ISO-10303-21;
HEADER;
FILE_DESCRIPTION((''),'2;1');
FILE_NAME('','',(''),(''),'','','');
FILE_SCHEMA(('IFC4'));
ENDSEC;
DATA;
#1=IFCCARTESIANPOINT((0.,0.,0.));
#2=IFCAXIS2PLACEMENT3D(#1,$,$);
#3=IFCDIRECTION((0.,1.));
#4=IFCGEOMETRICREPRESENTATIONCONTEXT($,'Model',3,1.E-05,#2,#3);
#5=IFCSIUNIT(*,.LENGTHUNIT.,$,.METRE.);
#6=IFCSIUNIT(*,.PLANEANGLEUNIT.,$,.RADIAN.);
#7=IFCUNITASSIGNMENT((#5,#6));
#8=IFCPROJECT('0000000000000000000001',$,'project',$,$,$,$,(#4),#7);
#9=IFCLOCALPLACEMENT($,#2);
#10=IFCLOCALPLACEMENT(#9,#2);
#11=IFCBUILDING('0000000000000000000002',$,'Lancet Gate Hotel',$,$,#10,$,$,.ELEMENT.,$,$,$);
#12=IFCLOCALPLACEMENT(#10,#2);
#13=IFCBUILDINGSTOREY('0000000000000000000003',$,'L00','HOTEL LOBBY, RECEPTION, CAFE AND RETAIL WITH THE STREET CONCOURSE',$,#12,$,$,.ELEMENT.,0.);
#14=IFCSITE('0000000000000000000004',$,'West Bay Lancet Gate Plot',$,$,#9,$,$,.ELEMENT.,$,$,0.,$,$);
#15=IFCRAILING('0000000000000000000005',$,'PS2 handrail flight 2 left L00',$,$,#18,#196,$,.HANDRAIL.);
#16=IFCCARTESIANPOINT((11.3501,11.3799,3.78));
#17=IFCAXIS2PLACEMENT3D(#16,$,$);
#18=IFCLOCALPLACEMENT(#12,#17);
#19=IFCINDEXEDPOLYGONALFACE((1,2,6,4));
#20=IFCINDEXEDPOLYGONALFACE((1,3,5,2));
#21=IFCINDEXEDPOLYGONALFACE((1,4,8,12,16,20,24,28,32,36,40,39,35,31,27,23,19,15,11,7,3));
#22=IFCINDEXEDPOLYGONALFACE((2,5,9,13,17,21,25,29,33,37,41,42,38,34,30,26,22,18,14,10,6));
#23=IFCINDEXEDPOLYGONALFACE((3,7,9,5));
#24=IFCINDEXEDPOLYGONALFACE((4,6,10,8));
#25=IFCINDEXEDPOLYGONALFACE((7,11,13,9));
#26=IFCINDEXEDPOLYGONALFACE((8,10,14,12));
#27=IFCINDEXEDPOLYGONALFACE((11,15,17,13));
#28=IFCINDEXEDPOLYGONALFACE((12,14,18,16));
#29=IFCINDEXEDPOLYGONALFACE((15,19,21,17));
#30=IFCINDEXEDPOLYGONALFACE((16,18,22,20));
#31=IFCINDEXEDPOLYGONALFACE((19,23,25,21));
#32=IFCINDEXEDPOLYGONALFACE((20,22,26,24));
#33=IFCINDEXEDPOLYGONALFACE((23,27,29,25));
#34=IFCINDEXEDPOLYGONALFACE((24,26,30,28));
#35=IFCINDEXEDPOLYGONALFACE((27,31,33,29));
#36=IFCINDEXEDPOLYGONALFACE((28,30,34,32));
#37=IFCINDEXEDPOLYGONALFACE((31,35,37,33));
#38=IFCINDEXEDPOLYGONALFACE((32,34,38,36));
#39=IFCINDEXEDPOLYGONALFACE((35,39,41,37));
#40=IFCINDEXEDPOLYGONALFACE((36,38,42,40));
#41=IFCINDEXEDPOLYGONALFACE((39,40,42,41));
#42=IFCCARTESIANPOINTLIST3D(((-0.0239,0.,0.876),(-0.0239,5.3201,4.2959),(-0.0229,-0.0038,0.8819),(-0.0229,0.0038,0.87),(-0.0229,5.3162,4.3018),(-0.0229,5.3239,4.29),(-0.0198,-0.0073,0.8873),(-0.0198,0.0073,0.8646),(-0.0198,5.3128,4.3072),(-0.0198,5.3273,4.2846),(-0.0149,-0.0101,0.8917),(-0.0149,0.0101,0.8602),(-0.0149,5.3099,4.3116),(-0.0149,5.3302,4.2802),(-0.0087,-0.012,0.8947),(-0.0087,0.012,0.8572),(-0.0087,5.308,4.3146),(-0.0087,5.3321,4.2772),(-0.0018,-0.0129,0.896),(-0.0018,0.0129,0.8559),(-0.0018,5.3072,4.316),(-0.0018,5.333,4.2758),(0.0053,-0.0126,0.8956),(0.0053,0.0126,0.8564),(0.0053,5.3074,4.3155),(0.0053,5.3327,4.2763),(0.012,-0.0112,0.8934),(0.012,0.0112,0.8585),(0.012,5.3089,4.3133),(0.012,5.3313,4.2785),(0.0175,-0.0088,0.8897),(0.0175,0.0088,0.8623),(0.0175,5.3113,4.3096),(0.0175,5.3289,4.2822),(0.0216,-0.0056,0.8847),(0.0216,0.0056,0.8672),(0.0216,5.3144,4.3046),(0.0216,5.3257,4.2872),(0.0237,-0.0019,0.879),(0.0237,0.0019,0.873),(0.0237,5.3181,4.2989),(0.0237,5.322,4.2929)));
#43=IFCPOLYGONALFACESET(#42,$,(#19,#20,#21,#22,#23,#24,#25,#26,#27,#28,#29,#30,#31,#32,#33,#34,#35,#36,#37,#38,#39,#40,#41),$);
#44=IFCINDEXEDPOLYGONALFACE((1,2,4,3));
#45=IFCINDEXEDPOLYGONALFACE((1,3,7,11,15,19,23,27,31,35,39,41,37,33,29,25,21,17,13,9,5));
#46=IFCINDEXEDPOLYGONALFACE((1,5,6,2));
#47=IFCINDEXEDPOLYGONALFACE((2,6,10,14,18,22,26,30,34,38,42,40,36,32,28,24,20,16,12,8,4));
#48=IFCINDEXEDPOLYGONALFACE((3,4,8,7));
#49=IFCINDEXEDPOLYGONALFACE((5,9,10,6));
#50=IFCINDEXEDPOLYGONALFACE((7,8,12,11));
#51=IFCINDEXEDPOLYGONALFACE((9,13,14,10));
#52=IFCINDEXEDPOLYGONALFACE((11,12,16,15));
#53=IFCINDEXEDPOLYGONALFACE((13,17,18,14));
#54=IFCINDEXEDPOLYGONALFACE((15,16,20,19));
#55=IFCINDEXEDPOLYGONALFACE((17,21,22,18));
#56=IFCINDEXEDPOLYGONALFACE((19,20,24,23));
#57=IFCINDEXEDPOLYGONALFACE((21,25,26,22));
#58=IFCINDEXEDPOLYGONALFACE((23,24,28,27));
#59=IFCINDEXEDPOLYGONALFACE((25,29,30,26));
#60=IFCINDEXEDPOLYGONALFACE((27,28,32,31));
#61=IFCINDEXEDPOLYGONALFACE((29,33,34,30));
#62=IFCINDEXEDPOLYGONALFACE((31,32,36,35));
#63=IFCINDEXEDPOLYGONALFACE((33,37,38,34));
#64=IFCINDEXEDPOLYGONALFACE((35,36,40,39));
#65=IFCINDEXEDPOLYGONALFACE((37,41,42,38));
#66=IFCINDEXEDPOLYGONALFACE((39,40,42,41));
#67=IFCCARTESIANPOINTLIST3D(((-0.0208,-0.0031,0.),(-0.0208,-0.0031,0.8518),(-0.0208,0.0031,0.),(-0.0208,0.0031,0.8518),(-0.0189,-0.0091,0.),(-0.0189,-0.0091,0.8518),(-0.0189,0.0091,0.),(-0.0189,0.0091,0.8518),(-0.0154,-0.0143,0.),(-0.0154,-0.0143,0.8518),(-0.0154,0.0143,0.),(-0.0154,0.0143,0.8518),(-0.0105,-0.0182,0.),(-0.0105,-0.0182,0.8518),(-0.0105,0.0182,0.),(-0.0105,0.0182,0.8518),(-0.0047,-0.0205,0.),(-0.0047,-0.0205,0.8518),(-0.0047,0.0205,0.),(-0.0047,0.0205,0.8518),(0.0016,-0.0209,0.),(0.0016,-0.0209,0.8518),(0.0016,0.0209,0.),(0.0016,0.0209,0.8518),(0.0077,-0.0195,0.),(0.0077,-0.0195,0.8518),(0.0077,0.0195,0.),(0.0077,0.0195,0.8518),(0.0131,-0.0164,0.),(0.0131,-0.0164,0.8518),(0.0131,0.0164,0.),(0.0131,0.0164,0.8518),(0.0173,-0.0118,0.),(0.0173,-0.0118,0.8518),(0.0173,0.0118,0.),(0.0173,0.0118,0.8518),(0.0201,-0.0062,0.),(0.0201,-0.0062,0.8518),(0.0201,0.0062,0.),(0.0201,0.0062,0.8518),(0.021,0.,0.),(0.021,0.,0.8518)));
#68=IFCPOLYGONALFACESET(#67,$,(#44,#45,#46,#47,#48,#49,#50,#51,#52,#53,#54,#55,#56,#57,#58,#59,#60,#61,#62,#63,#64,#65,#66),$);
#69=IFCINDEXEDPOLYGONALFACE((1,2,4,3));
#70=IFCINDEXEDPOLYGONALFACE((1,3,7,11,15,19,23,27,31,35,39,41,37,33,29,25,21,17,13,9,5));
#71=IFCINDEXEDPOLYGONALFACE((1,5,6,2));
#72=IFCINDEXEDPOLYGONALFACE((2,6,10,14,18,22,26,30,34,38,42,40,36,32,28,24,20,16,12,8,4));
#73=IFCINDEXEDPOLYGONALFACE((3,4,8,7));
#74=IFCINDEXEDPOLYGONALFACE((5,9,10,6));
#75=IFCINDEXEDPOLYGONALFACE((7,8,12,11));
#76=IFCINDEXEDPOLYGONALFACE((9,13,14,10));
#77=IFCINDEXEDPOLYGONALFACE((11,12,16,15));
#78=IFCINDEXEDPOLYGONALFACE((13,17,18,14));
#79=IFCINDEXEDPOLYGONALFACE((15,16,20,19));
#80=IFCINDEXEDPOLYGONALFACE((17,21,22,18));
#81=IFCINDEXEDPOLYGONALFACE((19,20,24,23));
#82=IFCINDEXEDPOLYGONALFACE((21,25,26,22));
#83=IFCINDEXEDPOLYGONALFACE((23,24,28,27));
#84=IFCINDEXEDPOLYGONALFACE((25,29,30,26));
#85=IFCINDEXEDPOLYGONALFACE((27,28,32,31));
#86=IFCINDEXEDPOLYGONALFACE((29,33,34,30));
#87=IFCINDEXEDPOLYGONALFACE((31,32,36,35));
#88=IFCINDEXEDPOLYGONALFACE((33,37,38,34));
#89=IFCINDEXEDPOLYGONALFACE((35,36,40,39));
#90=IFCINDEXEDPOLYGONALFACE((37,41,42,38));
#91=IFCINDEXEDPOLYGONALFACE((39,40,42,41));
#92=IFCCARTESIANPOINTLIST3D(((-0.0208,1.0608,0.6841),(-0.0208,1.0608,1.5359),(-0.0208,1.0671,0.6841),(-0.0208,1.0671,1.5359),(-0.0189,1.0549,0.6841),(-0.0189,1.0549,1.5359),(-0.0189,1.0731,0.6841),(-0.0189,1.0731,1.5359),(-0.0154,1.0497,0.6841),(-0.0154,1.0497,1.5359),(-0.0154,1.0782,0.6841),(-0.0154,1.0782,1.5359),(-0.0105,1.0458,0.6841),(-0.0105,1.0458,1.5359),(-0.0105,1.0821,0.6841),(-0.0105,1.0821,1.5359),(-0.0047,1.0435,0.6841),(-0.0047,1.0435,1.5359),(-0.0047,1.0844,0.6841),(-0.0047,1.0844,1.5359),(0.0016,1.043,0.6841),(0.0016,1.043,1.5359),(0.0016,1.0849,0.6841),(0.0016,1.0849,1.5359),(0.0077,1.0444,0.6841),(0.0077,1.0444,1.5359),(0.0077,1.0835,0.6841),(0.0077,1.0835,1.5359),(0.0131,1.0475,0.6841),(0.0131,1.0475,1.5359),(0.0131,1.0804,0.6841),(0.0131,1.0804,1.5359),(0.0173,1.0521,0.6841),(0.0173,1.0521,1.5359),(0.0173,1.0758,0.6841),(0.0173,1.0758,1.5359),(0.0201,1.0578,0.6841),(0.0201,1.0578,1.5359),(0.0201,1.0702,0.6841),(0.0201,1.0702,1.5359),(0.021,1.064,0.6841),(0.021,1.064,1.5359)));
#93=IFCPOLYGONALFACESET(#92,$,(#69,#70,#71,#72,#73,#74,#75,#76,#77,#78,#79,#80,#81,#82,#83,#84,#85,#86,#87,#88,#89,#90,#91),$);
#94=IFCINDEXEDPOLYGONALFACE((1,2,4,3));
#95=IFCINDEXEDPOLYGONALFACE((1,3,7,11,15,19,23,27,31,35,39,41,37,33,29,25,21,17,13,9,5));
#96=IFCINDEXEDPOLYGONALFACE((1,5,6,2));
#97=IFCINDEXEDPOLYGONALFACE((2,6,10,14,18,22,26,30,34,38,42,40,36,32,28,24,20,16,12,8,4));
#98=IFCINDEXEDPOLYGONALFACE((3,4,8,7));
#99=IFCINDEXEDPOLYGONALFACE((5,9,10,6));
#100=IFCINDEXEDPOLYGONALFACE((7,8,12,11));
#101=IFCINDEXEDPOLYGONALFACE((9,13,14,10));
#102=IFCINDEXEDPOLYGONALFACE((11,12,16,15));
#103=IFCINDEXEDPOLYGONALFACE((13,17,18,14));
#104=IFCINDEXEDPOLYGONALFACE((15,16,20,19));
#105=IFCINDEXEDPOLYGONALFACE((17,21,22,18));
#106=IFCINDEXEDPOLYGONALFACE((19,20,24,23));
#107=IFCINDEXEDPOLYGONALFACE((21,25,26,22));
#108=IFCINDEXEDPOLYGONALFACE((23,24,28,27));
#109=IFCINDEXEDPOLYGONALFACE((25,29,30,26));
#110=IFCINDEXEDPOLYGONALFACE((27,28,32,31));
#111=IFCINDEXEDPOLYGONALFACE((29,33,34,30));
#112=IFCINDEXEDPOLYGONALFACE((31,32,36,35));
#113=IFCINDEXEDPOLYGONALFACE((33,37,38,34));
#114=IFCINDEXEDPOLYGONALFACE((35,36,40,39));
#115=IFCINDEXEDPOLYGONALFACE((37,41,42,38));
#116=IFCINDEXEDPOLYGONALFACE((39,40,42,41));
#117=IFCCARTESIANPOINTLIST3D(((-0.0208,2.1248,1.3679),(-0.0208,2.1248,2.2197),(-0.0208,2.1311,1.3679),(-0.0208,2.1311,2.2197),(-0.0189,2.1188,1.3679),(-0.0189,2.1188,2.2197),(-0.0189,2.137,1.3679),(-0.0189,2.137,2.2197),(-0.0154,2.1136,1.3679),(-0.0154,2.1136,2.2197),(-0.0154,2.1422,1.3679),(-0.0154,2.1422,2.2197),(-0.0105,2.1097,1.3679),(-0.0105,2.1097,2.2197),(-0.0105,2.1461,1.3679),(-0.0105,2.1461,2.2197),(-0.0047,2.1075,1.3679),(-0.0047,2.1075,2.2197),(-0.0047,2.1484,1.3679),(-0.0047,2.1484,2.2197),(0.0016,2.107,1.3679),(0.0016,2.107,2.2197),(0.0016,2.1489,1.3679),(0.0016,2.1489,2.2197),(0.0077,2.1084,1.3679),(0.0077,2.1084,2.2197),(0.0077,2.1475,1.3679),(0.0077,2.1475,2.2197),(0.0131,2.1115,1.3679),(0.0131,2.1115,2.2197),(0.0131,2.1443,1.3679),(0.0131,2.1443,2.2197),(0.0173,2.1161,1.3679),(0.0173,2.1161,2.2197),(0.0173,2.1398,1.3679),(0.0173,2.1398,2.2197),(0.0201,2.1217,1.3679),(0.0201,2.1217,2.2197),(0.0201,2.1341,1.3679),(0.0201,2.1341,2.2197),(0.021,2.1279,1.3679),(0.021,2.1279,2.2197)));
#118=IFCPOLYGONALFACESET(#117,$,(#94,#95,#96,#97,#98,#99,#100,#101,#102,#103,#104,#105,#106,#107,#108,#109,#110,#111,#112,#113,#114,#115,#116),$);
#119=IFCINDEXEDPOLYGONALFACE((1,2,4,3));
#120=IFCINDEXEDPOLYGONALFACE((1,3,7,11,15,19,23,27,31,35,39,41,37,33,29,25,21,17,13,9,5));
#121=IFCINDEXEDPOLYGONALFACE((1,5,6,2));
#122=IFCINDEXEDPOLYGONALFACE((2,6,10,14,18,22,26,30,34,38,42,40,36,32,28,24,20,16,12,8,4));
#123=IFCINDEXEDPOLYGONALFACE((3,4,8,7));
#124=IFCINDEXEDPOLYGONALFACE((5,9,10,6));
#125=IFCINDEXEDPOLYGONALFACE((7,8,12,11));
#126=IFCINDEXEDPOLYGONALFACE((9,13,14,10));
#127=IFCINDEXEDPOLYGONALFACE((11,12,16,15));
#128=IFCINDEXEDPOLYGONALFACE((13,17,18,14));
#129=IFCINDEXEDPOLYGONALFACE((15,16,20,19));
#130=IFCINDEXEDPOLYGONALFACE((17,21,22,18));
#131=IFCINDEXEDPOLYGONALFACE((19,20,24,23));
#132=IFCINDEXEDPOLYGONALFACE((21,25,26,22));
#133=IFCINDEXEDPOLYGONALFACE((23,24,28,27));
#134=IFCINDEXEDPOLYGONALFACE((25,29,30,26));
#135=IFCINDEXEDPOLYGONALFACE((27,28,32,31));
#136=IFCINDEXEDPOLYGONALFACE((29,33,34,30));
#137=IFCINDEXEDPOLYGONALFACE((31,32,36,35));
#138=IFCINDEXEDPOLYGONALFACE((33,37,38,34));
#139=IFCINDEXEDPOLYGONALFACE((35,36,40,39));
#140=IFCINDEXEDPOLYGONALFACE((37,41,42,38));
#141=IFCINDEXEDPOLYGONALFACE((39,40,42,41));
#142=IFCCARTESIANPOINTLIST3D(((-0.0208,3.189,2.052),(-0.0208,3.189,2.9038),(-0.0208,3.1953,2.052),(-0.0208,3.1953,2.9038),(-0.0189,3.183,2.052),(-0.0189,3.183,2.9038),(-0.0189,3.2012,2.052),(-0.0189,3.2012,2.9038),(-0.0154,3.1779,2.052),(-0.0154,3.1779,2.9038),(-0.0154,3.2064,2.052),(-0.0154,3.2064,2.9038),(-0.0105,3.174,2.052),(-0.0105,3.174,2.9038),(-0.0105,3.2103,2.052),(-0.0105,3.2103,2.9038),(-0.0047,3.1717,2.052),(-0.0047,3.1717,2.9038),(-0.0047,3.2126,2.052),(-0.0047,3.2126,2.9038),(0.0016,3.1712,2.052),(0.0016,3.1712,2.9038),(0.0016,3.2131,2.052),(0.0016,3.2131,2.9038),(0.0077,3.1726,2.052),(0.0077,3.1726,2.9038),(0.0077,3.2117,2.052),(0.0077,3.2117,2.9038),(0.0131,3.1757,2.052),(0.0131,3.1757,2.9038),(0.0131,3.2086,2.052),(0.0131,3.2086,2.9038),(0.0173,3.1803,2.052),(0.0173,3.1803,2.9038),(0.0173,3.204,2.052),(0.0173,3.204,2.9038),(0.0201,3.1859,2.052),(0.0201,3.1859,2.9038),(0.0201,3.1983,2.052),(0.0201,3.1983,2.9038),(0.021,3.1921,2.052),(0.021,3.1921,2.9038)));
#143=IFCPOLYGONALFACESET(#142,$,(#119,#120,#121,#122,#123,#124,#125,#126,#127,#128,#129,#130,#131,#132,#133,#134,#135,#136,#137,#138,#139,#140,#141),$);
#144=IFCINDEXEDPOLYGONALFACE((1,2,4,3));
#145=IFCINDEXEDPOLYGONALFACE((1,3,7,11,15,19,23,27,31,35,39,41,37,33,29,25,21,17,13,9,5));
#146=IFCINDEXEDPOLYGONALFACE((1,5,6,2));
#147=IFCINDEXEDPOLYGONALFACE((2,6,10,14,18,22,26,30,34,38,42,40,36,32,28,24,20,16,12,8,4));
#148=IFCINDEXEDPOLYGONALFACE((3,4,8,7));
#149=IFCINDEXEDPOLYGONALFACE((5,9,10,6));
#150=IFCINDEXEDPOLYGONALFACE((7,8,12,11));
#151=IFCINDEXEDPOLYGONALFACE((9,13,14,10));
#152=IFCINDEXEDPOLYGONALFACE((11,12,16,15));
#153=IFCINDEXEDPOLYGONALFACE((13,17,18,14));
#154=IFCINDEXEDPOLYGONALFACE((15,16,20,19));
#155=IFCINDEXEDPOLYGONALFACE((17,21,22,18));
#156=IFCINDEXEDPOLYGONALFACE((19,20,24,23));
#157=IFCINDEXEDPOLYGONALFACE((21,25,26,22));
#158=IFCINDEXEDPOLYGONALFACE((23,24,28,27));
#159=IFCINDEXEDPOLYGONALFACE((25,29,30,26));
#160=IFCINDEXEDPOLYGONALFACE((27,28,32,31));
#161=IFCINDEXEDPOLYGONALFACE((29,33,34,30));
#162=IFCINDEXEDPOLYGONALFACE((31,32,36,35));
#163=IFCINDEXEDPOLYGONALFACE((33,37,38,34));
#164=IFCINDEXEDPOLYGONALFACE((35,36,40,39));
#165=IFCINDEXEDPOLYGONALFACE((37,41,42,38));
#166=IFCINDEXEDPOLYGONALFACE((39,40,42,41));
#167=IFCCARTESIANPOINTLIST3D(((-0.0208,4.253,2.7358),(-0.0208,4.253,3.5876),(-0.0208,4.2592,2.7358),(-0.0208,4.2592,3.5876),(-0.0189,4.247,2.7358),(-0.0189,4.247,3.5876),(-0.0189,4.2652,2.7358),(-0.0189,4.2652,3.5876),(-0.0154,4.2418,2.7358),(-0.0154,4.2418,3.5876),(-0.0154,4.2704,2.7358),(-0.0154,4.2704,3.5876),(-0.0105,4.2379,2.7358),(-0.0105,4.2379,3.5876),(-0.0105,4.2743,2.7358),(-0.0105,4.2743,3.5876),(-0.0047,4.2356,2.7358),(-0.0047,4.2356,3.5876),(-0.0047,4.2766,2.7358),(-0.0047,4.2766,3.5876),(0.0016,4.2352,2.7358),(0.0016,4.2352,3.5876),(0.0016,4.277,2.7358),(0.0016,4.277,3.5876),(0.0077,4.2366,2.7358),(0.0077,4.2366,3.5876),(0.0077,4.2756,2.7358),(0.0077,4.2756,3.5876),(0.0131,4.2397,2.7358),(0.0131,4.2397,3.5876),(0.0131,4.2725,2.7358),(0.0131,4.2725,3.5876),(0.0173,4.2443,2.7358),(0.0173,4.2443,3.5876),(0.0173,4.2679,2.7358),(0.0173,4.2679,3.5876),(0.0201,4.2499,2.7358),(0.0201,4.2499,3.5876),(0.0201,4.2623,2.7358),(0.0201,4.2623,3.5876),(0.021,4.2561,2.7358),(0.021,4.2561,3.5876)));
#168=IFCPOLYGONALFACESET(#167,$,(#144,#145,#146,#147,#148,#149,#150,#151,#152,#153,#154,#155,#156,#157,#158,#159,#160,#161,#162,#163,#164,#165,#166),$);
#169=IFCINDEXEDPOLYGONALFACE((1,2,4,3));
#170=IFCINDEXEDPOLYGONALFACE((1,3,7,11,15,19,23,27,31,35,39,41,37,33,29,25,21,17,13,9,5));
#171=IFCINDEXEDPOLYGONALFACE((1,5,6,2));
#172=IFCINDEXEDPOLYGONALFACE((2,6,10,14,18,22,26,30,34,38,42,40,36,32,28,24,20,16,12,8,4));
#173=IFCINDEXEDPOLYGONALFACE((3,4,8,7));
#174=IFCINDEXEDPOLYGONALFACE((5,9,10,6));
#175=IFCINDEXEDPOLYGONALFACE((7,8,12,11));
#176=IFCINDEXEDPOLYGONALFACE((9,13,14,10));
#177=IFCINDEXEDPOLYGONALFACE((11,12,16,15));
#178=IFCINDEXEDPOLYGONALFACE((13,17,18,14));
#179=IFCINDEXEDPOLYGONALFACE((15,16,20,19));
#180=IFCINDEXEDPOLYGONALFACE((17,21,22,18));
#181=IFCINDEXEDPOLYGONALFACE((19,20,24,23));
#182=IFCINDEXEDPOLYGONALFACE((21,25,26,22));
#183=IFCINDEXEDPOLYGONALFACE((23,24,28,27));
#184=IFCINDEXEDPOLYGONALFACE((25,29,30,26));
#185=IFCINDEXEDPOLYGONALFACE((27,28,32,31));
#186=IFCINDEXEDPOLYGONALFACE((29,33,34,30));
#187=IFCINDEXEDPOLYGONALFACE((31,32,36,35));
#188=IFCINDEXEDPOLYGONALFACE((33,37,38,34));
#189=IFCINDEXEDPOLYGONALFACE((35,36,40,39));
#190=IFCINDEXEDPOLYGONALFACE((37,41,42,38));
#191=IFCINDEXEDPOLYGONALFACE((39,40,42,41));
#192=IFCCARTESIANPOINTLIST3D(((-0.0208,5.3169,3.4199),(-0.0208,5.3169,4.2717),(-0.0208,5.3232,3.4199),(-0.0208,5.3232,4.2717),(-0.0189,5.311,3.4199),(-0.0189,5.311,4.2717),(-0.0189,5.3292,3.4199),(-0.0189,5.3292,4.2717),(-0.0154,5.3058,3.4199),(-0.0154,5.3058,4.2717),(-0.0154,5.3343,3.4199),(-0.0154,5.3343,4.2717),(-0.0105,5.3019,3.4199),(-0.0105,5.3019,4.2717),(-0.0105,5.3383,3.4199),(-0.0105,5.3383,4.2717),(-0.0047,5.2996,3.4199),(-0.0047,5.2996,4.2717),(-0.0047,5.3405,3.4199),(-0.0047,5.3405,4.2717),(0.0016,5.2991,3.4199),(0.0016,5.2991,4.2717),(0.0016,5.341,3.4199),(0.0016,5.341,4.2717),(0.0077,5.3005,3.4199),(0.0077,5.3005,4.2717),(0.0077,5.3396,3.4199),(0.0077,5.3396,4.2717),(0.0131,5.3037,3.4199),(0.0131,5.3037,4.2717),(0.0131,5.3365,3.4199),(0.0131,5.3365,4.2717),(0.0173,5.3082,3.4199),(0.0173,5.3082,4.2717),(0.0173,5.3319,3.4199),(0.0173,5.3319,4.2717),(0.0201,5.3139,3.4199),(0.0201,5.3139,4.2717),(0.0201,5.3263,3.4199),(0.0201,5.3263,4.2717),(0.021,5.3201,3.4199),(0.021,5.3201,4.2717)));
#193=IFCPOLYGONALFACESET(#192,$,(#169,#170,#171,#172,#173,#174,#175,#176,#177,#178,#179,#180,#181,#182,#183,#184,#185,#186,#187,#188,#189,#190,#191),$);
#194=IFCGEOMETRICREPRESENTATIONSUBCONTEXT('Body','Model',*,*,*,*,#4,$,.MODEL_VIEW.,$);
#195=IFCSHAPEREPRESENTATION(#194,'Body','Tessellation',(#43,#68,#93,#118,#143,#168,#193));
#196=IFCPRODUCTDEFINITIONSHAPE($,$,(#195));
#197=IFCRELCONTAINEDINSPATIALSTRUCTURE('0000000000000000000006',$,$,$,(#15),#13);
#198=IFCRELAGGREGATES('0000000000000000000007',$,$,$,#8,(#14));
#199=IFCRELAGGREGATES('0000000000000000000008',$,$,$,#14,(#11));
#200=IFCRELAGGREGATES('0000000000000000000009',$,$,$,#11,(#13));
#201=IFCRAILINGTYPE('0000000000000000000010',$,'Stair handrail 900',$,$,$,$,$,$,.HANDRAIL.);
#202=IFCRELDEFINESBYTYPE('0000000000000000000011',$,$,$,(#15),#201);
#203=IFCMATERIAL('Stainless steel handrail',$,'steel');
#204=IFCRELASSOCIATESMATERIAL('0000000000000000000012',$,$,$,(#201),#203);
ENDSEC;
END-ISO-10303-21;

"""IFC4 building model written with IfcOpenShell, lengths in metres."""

from ifc_helpers import new_model, si_unit, direction, frame, origin, origin_2d, place, context, subcontext, project, spatial, circle, extrude, material, type_object, element, save


model = new_model("IFC4")

# Units and contexts
model_context = context("Model", 3, precision=1e-05, world=origin(), true_north=direction((0.0, 1.0)))
body_context = subcontext(model_context, "Body", "Model", "MODEL_VIEW")
ifc_project = project(units=[si_unit("LENGTHUNIT", "METRE"), si_unit("PLANEANGLEUNIT", "RADIAN")], contexts=[model_context])

# Site, building, storey
site_placement = place(None, origin())
site = spatial("IfcSite", under=ifc_project, at=site_placement, Name="West Bay Lancet Gate Plot", CompositionType="ELEMENT", RefElevation=0.0)
building_placement = place(site_placement, origin())
building = spatial("IfcBuilding", under=site, at=building_placement, Name="Lancet Gate Hotel", CompositionType="ELEMENT")
storey_placement = place(building_placement, origin())
storey = spatial("IfcBuildingStorey", under=building, at=storey_placement, Name="L00", Description="HOTEL LOBBY, RECEPTION, CAFE AND RETAIL WITH THE STREET CONCOURSE", CompositionType="ELEMENT", Elevation=0.0)

# Railing
ifc_material_1 = material(Name="Stainless steel handrail", Category="steel")
railing_type_1 = type_object("IfcRailingType", Name="Stair handrail 900", PredefinedType="HANDRAIL", material=ifc_material_1)
railing_1_placement = place(storey_placement, frame((11.3501, 11.3799, 3.78)))
element("IfcRailing", 1, at=railing_1_placement, inside=storey, type_object=railing_type_1, Name="PS2 handrail flight 2 left L00", PredefinedType="HANDRAIL", context=body_context, shape_type="SweptSolid", body=[
    extrude(circle(Radius=0.0239, at=origin_2d()), frame((0.0, 0.0, 0.876), z_axis=(0.0, 0.841187, 0.540744), x_axis=(-1.0, 0.0, 0.0)), (0.0, 0.0, 1.0), 6.3245),
    extrude(circle(Radius=0.021, at=origin_2d()), origin(), (0.0, 0.0, 1.0), 0.8518),
    extrude(circle(Radius=0.021, at=origin_2d()), frame((0.0, 1.064, 0.6841)), (0.0, 0.0, 1.0), 0.8518),
    extrude(circle(Radius=0.021, at=origin_2d()), frame((0.0, 2.1279, 1.3679)), (0.0, 0.0, 1.0), 0.8518),
    extrude(circle(Radius=0.021, at=origin_2d()), frame((0.0, 3.1921, 2.052)), (0.0, 0.0, 1.0), 0.8518),
    extrude(circle(Radius=0.021, at=origin_2d()), frame((0.0, 4.2561, 2.7358)), (0.0, 0.0, 1.0), 0.8518),
    extrude(circle(Radius=0.021, at=origin_2d()), frame((0.0, 5.3201, 3.4199)), (0.0, 0.0, 1.0), 0.8518),
])

save(model, "model.ifc")
